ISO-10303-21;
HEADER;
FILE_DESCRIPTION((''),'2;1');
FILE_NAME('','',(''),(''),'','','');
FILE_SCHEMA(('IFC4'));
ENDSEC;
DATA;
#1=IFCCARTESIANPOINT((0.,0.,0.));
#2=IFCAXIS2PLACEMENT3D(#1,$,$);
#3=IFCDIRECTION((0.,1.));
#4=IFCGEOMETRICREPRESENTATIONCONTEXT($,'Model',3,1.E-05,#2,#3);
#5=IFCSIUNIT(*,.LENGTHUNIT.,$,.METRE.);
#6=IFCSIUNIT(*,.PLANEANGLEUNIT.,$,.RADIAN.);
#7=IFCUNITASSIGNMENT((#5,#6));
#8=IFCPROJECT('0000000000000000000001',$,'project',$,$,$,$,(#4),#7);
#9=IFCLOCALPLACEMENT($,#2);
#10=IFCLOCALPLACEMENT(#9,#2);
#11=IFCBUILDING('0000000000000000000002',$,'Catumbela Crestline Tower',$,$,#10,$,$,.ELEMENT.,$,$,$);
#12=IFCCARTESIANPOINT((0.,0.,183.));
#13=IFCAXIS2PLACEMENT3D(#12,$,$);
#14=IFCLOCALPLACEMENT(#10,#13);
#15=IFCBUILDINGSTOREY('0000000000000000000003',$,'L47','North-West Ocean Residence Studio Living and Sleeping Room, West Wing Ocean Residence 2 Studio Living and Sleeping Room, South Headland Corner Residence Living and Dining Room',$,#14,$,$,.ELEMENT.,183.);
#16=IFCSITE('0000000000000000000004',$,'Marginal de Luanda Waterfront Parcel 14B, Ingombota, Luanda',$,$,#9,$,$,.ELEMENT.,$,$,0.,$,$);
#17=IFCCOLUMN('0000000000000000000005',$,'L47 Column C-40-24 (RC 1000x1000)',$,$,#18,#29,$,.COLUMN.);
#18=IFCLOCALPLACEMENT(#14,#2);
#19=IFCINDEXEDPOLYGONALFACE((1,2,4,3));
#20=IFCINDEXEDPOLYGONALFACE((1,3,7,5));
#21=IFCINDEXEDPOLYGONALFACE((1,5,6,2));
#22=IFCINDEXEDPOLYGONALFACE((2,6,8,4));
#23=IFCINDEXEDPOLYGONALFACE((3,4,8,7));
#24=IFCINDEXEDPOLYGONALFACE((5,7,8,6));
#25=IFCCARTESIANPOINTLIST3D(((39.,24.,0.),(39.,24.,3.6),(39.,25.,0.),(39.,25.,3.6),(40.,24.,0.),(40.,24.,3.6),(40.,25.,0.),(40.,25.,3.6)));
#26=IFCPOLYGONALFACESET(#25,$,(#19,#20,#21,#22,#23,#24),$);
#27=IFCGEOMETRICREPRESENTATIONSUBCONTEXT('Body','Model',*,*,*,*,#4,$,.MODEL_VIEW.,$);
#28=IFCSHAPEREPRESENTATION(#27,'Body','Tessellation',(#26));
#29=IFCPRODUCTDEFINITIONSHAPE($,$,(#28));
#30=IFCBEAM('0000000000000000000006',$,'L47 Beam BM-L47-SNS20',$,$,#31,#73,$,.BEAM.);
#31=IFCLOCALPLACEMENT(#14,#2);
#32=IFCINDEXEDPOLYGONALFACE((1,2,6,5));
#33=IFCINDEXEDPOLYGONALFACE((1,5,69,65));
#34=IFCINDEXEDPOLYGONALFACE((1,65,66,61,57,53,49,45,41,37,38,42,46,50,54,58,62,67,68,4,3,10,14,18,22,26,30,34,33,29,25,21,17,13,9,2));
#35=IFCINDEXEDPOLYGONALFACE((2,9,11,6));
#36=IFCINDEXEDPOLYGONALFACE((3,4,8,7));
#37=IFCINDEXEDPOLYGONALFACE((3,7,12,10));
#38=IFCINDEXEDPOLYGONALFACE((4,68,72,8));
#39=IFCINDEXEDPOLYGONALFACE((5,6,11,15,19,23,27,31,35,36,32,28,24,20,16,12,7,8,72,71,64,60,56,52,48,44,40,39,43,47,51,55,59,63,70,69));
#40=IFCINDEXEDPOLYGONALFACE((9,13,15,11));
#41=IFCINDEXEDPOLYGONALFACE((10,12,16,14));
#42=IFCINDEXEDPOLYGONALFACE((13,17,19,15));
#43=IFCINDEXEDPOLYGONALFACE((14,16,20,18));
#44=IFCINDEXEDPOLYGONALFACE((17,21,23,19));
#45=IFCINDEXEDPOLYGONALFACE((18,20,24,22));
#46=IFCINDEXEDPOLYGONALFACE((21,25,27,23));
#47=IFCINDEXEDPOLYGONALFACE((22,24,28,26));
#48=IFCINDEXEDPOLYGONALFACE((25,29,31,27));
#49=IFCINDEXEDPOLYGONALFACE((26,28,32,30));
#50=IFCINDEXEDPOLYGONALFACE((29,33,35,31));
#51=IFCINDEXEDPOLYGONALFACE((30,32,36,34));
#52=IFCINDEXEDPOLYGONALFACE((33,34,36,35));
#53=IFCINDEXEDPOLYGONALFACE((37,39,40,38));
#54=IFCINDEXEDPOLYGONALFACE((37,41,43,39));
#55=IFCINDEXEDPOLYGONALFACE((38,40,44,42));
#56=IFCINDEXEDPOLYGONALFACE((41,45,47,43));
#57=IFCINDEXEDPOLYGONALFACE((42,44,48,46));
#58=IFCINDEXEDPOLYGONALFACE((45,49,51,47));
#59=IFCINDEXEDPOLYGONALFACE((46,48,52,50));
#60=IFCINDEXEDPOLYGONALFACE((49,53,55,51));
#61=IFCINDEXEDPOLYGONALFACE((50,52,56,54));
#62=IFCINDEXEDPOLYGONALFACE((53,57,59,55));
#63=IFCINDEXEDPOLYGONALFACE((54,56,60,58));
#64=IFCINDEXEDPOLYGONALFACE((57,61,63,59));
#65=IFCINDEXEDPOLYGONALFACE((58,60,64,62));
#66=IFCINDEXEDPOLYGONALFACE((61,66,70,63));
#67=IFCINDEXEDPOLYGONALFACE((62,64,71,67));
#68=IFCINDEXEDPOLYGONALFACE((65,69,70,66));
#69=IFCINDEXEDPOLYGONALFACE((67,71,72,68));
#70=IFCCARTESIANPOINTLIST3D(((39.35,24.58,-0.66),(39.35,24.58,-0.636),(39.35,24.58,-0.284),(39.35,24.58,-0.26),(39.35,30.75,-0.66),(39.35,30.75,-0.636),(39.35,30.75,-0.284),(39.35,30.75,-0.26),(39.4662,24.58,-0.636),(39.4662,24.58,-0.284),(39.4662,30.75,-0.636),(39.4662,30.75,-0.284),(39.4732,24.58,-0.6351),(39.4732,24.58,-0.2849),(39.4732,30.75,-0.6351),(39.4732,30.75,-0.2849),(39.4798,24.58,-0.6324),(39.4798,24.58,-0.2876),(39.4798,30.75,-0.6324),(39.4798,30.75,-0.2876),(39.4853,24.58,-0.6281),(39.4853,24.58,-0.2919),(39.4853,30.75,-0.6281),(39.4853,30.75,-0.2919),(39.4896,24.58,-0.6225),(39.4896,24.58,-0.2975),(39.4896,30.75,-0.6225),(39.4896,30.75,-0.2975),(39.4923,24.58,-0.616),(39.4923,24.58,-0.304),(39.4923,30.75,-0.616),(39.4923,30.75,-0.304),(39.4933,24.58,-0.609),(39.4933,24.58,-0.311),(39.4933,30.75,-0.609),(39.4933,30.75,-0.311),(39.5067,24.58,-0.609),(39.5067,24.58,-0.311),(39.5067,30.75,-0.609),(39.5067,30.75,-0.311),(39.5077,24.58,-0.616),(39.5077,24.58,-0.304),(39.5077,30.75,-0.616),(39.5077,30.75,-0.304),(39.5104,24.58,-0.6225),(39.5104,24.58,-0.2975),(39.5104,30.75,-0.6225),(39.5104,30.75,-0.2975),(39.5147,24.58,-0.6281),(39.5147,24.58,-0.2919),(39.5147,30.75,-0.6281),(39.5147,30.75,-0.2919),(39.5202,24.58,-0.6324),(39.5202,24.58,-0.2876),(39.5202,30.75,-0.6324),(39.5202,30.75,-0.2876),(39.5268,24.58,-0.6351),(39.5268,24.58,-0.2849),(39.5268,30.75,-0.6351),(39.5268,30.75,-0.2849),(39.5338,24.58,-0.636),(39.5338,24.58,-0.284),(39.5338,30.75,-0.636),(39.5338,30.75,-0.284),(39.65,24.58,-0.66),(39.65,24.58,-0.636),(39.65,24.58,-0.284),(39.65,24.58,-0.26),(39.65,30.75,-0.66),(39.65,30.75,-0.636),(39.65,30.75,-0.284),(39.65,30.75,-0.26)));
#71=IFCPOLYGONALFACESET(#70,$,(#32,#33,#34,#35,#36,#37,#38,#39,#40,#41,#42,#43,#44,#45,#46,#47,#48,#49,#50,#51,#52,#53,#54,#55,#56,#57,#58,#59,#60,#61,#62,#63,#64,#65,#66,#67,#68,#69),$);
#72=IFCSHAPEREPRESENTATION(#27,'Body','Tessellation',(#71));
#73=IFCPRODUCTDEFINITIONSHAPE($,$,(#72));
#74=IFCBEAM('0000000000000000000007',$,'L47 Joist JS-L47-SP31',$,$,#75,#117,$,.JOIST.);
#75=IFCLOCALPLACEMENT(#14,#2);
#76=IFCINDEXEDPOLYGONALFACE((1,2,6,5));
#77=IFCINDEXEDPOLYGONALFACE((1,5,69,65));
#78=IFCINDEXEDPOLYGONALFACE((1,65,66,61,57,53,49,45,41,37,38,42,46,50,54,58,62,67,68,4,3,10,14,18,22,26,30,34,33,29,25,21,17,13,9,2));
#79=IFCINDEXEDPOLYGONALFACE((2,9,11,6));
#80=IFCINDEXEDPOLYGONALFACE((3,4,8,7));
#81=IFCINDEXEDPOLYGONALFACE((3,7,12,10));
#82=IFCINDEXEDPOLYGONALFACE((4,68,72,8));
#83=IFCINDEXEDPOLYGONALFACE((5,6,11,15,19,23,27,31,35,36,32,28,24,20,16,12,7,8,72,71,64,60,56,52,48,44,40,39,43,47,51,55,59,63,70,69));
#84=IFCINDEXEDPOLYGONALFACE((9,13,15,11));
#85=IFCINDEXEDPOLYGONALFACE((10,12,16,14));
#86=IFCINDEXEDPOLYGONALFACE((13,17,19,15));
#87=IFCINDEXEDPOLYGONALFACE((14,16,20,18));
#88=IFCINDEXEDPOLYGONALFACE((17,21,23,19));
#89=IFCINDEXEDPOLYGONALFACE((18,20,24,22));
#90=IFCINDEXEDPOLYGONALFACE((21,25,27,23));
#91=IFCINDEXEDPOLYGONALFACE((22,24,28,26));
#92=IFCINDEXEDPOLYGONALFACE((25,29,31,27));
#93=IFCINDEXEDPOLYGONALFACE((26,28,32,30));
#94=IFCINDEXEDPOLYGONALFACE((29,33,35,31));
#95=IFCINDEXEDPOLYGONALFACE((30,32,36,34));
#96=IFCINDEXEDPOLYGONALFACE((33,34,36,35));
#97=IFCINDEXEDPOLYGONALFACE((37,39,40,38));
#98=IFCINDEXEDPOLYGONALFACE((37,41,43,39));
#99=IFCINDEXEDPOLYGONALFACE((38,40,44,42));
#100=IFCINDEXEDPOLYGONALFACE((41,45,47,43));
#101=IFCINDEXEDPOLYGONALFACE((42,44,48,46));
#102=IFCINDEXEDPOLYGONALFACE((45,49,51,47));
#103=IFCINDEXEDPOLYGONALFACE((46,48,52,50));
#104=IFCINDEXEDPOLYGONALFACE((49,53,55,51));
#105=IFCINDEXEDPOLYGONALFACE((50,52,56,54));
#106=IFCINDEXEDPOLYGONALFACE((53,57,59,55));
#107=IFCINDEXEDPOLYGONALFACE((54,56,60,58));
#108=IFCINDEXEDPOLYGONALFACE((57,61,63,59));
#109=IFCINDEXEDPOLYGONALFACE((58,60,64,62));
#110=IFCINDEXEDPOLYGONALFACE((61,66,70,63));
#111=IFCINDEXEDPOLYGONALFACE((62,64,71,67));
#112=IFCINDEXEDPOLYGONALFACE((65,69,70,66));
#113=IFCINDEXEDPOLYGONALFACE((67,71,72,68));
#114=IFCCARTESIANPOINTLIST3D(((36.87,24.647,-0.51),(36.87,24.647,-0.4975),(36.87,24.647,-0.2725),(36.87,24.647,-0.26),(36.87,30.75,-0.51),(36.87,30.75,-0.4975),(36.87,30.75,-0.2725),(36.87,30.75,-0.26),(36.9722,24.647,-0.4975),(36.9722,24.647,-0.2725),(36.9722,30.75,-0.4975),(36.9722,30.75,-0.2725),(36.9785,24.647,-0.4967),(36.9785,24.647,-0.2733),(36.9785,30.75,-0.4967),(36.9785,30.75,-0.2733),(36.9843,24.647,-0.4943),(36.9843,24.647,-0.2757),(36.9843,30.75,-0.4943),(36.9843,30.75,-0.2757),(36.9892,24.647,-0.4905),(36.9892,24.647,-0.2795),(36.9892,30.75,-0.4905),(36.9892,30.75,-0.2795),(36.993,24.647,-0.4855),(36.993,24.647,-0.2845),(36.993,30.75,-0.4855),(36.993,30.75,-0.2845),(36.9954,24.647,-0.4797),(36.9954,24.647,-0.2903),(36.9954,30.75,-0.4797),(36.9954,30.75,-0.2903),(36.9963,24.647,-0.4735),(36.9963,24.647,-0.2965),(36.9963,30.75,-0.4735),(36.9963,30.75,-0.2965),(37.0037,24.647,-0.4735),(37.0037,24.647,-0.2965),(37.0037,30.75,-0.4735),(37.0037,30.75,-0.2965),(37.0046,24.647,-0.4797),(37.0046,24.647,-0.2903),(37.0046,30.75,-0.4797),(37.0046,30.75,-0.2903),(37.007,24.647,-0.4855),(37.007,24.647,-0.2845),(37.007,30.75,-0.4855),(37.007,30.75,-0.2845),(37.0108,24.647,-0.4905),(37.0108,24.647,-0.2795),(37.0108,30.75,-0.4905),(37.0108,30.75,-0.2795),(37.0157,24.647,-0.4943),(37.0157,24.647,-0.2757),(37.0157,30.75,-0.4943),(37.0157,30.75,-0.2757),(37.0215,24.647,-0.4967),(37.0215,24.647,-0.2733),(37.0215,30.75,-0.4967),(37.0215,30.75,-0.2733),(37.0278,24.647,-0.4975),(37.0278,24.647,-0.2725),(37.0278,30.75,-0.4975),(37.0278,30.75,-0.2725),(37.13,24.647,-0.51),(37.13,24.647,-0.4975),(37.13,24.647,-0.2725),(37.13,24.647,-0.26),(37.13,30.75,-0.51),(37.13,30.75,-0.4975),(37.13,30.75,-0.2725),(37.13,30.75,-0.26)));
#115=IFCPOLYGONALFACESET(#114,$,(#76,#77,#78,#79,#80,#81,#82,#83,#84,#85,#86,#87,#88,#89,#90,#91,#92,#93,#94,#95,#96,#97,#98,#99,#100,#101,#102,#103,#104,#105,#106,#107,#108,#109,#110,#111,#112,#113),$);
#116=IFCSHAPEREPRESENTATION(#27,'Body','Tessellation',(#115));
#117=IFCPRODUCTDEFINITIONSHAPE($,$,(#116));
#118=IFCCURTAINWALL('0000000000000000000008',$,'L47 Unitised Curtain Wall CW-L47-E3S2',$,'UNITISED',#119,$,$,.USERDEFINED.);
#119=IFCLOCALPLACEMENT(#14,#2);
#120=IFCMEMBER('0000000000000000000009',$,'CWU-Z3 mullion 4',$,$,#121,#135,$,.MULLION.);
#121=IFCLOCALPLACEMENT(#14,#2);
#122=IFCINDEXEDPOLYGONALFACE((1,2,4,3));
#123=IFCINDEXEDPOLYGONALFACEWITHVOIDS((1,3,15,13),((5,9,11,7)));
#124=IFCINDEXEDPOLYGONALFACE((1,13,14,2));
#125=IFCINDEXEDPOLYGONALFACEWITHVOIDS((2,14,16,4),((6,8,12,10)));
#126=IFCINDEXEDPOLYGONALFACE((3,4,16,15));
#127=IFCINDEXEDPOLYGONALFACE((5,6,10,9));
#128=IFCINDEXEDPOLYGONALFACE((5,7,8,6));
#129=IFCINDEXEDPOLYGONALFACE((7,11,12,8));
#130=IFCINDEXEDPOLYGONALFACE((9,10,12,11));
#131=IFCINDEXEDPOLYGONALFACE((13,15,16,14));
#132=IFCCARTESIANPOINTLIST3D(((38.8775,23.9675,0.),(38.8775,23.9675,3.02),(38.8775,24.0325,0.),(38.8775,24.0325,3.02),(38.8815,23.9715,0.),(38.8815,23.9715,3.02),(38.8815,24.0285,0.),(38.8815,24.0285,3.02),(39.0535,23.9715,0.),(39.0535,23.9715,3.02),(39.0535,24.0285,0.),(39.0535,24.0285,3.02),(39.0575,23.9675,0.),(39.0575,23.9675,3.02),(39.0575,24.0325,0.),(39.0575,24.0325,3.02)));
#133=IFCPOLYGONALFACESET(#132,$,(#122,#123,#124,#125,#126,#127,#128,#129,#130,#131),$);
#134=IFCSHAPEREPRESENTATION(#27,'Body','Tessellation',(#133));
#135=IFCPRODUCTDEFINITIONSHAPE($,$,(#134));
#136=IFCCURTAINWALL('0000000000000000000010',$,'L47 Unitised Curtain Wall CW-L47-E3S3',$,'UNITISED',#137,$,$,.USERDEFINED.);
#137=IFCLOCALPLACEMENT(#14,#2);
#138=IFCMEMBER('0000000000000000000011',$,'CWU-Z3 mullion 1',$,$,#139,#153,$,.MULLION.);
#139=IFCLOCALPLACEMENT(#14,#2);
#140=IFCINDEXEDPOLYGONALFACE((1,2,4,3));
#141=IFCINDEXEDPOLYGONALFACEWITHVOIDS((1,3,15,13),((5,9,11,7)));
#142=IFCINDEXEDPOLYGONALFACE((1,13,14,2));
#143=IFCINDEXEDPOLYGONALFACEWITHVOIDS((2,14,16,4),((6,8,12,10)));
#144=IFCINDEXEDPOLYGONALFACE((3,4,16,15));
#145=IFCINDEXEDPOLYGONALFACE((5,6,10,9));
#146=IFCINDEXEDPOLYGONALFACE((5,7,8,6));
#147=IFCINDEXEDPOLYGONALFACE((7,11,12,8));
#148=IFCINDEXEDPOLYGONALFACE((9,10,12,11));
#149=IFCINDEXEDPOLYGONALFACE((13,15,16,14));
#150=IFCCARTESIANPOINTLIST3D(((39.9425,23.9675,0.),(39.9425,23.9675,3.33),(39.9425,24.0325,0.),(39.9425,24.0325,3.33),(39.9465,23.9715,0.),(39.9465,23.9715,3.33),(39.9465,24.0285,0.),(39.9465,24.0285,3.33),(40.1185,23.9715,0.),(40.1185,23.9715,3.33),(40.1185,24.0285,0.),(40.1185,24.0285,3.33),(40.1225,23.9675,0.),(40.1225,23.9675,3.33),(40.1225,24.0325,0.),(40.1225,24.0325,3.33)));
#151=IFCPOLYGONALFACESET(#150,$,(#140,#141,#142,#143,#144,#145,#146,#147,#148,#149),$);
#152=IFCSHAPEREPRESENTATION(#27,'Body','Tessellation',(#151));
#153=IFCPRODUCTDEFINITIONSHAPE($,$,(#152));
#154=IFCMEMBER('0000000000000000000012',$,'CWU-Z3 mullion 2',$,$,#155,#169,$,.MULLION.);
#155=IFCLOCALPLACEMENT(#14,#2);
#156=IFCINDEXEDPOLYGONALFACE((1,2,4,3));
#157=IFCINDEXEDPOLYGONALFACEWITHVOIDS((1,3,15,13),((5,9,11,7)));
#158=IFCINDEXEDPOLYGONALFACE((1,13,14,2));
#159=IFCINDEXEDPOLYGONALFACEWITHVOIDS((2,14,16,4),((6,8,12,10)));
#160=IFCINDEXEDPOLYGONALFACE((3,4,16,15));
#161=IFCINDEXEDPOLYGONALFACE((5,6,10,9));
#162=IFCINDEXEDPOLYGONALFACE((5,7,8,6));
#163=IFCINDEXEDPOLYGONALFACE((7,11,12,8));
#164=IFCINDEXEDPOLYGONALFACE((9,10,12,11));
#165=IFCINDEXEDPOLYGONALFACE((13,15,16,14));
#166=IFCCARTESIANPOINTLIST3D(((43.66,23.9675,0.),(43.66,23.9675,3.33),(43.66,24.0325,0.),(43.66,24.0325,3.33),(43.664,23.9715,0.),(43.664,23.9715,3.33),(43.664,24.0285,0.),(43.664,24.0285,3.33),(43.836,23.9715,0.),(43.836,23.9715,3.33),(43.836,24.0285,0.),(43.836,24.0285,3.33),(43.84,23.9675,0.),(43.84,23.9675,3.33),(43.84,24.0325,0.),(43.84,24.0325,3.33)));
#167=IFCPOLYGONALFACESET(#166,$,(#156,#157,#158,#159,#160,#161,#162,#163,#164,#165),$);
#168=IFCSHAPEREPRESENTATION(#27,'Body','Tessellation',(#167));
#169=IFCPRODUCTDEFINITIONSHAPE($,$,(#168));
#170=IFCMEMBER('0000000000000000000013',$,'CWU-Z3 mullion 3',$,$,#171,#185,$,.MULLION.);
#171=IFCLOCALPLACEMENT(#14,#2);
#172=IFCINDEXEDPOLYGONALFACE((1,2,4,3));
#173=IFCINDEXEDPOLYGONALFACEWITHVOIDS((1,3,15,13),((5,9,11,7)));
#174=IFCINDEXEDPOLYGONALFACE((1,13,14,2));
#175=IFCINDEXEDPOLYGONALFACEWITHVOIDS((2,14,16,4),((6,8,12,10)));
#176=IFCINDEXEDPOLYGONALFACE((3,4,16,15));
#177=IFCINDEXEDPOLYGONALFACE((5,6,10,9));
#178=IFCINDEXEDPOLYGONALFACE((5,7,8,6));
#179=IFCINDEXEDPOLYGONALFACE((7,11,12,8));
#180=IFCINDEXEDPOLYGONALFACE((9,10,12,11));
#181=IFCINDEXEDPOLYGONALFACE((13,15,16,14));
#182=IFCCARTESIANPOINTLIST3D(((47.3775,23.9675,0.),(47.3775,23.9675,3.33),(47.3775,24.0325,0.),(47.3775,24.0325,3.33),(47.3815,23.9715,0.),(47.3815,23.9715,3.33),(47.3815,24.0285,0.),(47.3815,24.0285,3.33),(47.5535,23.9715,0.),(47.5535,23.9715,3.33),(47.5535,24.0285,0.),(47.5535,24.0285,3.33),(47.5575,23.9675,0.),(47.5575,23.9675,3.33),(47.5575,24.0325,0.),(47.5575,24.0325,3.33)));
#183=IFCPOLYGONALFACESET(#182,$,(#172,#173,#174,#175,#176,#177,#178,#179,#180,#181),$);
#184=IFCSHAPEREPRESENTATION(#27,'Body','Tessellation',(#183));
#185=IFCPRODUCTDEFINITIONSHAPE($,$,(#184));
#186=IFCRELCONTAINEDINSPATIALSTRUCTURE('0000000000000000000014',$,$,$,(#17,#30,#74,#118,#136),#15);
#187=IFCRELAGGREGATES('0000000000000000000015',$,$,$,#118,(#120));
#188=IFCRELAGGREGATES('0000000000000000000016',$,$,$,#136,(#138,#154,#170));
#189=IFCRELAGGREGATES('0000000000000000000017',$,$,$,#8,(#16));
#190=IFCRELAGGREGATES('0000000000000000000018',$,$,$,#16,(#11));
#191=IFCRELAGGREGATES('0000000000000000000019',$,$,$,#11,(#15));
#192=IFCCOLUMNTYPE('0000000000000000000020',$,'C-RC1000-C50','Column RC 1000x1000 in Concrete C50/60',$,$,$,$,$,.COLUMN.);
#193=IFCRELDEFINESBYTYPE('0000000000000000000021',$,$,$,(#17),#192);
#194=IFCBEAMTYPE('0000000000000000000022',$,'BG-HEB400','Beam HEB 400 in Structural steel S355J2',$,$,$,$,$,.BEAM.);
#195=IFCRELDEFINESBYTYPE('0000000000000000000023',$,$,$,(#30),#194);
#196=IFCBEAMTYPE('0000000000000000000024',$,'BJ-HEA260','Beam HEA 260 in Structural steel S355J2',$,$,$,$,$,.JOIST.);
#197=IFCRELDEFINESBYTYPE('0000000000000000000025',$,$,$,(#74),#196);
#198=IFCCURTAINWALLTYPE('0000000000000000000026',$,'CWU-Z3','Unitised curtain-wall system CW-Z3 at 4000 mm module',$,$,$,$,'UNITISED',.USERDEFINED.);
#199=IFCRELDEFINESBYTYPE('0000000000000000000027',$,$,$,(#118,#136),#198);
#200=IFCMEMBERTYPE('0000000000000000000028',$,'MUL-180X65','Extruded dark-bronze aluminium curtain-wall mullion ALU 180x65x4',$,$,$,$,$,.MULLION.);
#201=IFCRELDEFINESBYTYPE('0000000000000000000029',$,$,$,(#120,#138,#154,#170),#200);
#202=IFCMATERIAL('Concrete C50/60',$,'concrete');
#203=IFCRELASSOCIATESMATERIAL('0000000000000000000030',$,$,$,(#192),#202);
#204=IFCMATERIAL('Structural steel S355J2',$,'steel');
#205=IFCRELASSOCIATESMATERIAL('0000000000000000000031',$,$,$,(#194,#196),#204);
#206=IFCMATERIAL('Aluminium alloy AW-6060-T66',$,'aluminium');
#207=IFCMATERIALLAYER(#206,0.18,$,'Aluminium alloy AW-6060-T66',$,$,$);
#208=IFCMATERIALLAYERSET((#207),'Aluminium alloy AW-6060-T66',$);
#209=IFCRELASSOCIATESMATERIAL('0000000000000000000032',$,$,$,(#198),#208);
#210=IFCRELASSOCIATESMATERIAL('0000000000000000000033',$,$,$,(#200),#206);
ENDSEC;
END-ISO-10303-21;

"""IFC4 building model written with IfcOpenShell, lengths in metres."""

from ifc_helpers import new_model, si_unit, direction, frame, origin, origin_2d, place, context, subcontext, project, spatial, rectangle, hollow_rectangle, i_section, extrude, material, layer, layer_set, material_profile, profile_set, type_object, element, aggregate, save


model = new_model("IFC4")

# Units and contexts
model_context = context("Model", 3, precision=1e-05, world=origin(), true_north=direction((0.0, 1.0)))
body_context = subcontext(model_context, "Body", "Model", "MODEL_VIEW")
ifc_project = project(units=[si_unit("LENGTHUNIT", "METRE"), si_unit("PLANEANGLEUNIT", "RADIAN")], contexts=[model_context])

# Site, building, storey
site_placement = place(None, origin())
site = spatial("IfcSite", under=ifc_project, at=site_placement, Name="Marginal de Luanda Waterfront Parcel 14B, Ingombota, Luanda", CompositionType="ELEMENT", RefElevation=0.0)
building_placement = place(site_placement, origin())
building = spatial("IfcBuilding", under=site, at=building_placement, Name="Catumbela Crestline Tower", CompositionType="ELEMENT")
storey_placement = place(building_placement, frame((0.0, 0.0, 183.0)))
storey = spatial("IfcBuildingStorey", under=building, at=storey_placement, Name="L47", Description="North-West Ocean Residence Studio Living and Sleeping Room, West Wing Ocean Residence 2 Studio Living and Sleeping Room, South Headland Corner Residence Living and Dining Room", CompositionType="ELEMENT", Elevation=183.0)

# Column
ifc_material_1 = material(Name="Concrete C50/60", Category="concrete")
ifc_material_profile_1 = material_profile(ifc_material_1, rectangle(XDim=1.0, YDim=1.0, at=origin_2d()), Name="RC 1000x1000")
ifc_profile_set_1 = profile_set([ifc_material_profile_1], Name="Concrete C50/60")
column_type = type_object("IfcColumnType", Name="C-RC1000-C50", Description="Column RC 1000x1000 in Concrete C50/60", PredefinedType="COLUMN", material=ifc_profile_set_1)
column_placement = place(storey_placement, frame((39.5, 24.5, 0.0), z_axis=(0.0, 0.0, 1.0), x_axis=(1.0, 0.0, 0.0)))
element("IfcColumn", 1, at=column_placement, inside=storey, type_object=column_type, Name="L47 Column C-40-24 (RC 1000x1000)", PredefinedType="COLUMN", context=body_context, shape_type="SweptSolid", body=[
    extrude(rectangle(XDim=1.0, YDim=1.0, at=origin_2d()), origin(), (0.0, 0.0, 1.0), 3.6),
])

# Beams
ifc_material_2 = material(Name="Structural steel S355J2", Category="steel")
ifc_material_profile_2 = material_profile(ifc_material_2, i_section(OverallWidth=0.3, OverallDepth=0.4, WebThickness=0.0135, FlangeThickness=0.024, FilletRadius=0.027, at=origin_2d()), Name="HEB 400")
ifc_profile_set_2 = profile_set([ifc_material_profile_2], Name="Structural steel S355J2")
beam_type_1 = type_object("IfcBeamType", Name="BG-HEB400", Description="Beam HEB 400 in Structural steel S355J2", PredefinedType="BEAM", material=ifc_profile_set_2)
beam_1_placement = place(storey_placement, frame((39.5, 24.58, -0.46), z_axis=(0.0, 1.0, 0.0), x_axis=(-1.0, 0.0, 0.0)))
element("IfcBeam", 2, at=beam_1_placement, inside=storey, type_object=beam_type_1, Name="L47 Beam BM-L47-SNS20", PredefinedType="BEAM", context=body_context, shape_type="SweptSolid", body=[
    extrude(i_section(OverallWidth=0.3, OverallDepth=0.4, WebThickness=0.0135, FlangeThickness=0.024, FilletRadius=0.027, at=origin_2d()), origin(), (0.0, 0.0, 1.0), 6.17),
])
ifc_material_profile_3 = material_profile(ifc_material_2, i_section(OverallWidth=0.26, OverallDepth=0.25, WebThickness=0.0075, FlangeThickness=0.0125, FilletRadius=0.024, at=origin_2d()), Name="HEA 260")
ifc_profile_set_3 = profile_set([ifc_material_profile_3], Name="Structural steel S355J2")
beam_type_2 = type_object("IfcBeamType", Name="BJ-HEA260", Description="Beam HEA 260 in Structural steel S355J2", PredefinedType="JOIST", material=ifc_profile_set_3)
beam_2_placement = place(storey_placement, frame((37.0, 24.647, -0.385), z_axis=(0.0, 1.0, 0.0), x_axis=(-1.0, 0.0, 0.0)))
element("IfcBeam", 3, at=beam_2_placement, inside=storey, type_object=beam_type_2, Name="L47 Joist JS-L47-SP31", PredefinedType="JOIST", context=body_context, shape_type="SweptSolid", body=[
    extrude(i_section(OverallWidth=0.26, OverallDepth=0.25, WebThickness=0.0075, FlangeThickness=0.0125, FilletRadius=0.024, at=origin_2d()), origin(), (0.0, 0.0, 1.0), 6.103),
])

# Curtain wall, member
ifc_material_3 = material(Name="Aluminium alloy AW-6060-T66", Category="aluminium")
ifc_layer_1 = layer(ifc_material_3, 0.18, Name="Aluminium alloy AW-6060-T66")
ifc_layer_set_1 = layer_set([ifc_layer_1], Name="Aluminium alloy AW-6060-T66")
curtain_wall_type = type_object("IfcCurtainWallType", Name="CWU-Z3", Description="Unitised curtain-wall system CW-Z3 at 4000 mm module", ElementType="UNITISED", PredefinedType="USERDEFINED", material=ifc_layer_set_1)
curtain_wall_1_placement = place(storey_placement, origin())
curtain_wall_1 = element("IfcCurtainWall", 4, at=curtain_wall_1_placement, inside=storey, type_object=curtain_wall_type, Name="L47 Unitised Curtain Wall CW-L47-E3S2", ObjectType="UNITISED", PredefinedType="USERDEFINED")
ifc_material_profile_4 = material_profile(ifc_material_3, hollow_rectangle(XDim=0.065, YDim=0.18, WallThickness=0.004, at=origin_2d()), Name="ALU 180x65x4")
ifc_profile_set_4 = profile_set([ifc_material_profile_4], Name="Aluminium alloy AW-6060-T66")
member_type_1 = type_object("IfcMemberType", Name="MUL-180X65", Description="Extruded dark-bronze aluminium curtain-wall mullion ALU 180x65x4", PredefinedType="MULLION", material=ifc_profile_set_4)
member_1_placement = place(storey_placement, frame((38.9675, 24.0, 0.0), z_axis=(0.0, 0.0, 1.0), x_axis=(0.0, 1.0, 0.0)))
member_1 = element("IfcMember", 5, at=member_1_placement, type_object=member_type_1, Name="CWU-Z3 mullion 4", PredefinedType="MULLION", context=body_context, shape_type="SweptSolid", body=[
    extrude(hollow_rectangle(XDim=0.065, YDim=0.18, WallThickness=0.004, at=origin_2d()), origin(), (0.0, 0.0, 1.0), 3.02),
])

# Curtain wall, members
curtain_wall_2_placement = place(storey_placement, origin())
curtain_wall_2 = element("IfcCurtainWall", 6, at=curtain_wall_2_placement, inside=storey, type_object=curtain_wall_type, Name="L47 Unitised Curtain Wall CW-L47-E3S3", ObjectType="UNITISED", PredefinedType="USERDEFINED")
member_2_placement = place(storey_placement, frame((40.0325, 24.0, 0.0), z_axis=(0.0, 0.0, 1.0), x_axis=(0.0, 1.0, 0.0)))
member_2 = element("IfcMember", 7, at=member_2_placement, type_object=member_type_1, Name="CWU-Z3 mullion 1", PredefinedType="MULLION", context=body_context, shape_type="SweptSolid", body=[
    extrude(hollow_rectangle(XDim=0.065, YDim=0.18, WallThickness=0.004, at=origin_2d()), origin(), (0.0, 0.0, 1.0), 3.33),
])
member_3_placement = place(storey_placement, frame((43.75, 24.0, 0.0), z_axis=(0.0, 0.0, 1.0), x_axis=(0.0, 1.0, 0.0)))
member_3 = element("IfcMember", 8, at=member_3_placement, type_object=member_type_1, Name="CWU-Z3 mullion 2", PredefinedType="MULLION", context=body_context, shape_type="SweptSolid", body=[
    extrude(hollow_rectangle(XDim=0.065, YDim=0.18, WallThickness=0.004, at=origin_2d()), origin(), (0.0, 0.0, 1.0), 3.33),
])
member_4_placement = place(storey_placement, frame((47.4675, 24.0, 0.0), z_axis=(0.0, 0.0, 1.0), x_axis=(0.0, 1.0, 0.0)))
member_4 = element("IfcMember", 9, at=member_4_placement, type_object=member_type_1, Name="CWU-Z3 mullion 3", PredefinedType="MULLION", context=body_context, shape_type="SweptSolid", body=[
    extrude(hollow_rectangle(XDim=0.065, YDim=0.18, WallThickness=0.004, at=origin_2d()), origin(), (0.0, 0.0, 1.0), 3.33),
])

aggregate(curtain_wall_1, [member_1])
aggregate(curtain_wall_2, [member_2, member_3, member_4])

save(model, "model.ifc")
